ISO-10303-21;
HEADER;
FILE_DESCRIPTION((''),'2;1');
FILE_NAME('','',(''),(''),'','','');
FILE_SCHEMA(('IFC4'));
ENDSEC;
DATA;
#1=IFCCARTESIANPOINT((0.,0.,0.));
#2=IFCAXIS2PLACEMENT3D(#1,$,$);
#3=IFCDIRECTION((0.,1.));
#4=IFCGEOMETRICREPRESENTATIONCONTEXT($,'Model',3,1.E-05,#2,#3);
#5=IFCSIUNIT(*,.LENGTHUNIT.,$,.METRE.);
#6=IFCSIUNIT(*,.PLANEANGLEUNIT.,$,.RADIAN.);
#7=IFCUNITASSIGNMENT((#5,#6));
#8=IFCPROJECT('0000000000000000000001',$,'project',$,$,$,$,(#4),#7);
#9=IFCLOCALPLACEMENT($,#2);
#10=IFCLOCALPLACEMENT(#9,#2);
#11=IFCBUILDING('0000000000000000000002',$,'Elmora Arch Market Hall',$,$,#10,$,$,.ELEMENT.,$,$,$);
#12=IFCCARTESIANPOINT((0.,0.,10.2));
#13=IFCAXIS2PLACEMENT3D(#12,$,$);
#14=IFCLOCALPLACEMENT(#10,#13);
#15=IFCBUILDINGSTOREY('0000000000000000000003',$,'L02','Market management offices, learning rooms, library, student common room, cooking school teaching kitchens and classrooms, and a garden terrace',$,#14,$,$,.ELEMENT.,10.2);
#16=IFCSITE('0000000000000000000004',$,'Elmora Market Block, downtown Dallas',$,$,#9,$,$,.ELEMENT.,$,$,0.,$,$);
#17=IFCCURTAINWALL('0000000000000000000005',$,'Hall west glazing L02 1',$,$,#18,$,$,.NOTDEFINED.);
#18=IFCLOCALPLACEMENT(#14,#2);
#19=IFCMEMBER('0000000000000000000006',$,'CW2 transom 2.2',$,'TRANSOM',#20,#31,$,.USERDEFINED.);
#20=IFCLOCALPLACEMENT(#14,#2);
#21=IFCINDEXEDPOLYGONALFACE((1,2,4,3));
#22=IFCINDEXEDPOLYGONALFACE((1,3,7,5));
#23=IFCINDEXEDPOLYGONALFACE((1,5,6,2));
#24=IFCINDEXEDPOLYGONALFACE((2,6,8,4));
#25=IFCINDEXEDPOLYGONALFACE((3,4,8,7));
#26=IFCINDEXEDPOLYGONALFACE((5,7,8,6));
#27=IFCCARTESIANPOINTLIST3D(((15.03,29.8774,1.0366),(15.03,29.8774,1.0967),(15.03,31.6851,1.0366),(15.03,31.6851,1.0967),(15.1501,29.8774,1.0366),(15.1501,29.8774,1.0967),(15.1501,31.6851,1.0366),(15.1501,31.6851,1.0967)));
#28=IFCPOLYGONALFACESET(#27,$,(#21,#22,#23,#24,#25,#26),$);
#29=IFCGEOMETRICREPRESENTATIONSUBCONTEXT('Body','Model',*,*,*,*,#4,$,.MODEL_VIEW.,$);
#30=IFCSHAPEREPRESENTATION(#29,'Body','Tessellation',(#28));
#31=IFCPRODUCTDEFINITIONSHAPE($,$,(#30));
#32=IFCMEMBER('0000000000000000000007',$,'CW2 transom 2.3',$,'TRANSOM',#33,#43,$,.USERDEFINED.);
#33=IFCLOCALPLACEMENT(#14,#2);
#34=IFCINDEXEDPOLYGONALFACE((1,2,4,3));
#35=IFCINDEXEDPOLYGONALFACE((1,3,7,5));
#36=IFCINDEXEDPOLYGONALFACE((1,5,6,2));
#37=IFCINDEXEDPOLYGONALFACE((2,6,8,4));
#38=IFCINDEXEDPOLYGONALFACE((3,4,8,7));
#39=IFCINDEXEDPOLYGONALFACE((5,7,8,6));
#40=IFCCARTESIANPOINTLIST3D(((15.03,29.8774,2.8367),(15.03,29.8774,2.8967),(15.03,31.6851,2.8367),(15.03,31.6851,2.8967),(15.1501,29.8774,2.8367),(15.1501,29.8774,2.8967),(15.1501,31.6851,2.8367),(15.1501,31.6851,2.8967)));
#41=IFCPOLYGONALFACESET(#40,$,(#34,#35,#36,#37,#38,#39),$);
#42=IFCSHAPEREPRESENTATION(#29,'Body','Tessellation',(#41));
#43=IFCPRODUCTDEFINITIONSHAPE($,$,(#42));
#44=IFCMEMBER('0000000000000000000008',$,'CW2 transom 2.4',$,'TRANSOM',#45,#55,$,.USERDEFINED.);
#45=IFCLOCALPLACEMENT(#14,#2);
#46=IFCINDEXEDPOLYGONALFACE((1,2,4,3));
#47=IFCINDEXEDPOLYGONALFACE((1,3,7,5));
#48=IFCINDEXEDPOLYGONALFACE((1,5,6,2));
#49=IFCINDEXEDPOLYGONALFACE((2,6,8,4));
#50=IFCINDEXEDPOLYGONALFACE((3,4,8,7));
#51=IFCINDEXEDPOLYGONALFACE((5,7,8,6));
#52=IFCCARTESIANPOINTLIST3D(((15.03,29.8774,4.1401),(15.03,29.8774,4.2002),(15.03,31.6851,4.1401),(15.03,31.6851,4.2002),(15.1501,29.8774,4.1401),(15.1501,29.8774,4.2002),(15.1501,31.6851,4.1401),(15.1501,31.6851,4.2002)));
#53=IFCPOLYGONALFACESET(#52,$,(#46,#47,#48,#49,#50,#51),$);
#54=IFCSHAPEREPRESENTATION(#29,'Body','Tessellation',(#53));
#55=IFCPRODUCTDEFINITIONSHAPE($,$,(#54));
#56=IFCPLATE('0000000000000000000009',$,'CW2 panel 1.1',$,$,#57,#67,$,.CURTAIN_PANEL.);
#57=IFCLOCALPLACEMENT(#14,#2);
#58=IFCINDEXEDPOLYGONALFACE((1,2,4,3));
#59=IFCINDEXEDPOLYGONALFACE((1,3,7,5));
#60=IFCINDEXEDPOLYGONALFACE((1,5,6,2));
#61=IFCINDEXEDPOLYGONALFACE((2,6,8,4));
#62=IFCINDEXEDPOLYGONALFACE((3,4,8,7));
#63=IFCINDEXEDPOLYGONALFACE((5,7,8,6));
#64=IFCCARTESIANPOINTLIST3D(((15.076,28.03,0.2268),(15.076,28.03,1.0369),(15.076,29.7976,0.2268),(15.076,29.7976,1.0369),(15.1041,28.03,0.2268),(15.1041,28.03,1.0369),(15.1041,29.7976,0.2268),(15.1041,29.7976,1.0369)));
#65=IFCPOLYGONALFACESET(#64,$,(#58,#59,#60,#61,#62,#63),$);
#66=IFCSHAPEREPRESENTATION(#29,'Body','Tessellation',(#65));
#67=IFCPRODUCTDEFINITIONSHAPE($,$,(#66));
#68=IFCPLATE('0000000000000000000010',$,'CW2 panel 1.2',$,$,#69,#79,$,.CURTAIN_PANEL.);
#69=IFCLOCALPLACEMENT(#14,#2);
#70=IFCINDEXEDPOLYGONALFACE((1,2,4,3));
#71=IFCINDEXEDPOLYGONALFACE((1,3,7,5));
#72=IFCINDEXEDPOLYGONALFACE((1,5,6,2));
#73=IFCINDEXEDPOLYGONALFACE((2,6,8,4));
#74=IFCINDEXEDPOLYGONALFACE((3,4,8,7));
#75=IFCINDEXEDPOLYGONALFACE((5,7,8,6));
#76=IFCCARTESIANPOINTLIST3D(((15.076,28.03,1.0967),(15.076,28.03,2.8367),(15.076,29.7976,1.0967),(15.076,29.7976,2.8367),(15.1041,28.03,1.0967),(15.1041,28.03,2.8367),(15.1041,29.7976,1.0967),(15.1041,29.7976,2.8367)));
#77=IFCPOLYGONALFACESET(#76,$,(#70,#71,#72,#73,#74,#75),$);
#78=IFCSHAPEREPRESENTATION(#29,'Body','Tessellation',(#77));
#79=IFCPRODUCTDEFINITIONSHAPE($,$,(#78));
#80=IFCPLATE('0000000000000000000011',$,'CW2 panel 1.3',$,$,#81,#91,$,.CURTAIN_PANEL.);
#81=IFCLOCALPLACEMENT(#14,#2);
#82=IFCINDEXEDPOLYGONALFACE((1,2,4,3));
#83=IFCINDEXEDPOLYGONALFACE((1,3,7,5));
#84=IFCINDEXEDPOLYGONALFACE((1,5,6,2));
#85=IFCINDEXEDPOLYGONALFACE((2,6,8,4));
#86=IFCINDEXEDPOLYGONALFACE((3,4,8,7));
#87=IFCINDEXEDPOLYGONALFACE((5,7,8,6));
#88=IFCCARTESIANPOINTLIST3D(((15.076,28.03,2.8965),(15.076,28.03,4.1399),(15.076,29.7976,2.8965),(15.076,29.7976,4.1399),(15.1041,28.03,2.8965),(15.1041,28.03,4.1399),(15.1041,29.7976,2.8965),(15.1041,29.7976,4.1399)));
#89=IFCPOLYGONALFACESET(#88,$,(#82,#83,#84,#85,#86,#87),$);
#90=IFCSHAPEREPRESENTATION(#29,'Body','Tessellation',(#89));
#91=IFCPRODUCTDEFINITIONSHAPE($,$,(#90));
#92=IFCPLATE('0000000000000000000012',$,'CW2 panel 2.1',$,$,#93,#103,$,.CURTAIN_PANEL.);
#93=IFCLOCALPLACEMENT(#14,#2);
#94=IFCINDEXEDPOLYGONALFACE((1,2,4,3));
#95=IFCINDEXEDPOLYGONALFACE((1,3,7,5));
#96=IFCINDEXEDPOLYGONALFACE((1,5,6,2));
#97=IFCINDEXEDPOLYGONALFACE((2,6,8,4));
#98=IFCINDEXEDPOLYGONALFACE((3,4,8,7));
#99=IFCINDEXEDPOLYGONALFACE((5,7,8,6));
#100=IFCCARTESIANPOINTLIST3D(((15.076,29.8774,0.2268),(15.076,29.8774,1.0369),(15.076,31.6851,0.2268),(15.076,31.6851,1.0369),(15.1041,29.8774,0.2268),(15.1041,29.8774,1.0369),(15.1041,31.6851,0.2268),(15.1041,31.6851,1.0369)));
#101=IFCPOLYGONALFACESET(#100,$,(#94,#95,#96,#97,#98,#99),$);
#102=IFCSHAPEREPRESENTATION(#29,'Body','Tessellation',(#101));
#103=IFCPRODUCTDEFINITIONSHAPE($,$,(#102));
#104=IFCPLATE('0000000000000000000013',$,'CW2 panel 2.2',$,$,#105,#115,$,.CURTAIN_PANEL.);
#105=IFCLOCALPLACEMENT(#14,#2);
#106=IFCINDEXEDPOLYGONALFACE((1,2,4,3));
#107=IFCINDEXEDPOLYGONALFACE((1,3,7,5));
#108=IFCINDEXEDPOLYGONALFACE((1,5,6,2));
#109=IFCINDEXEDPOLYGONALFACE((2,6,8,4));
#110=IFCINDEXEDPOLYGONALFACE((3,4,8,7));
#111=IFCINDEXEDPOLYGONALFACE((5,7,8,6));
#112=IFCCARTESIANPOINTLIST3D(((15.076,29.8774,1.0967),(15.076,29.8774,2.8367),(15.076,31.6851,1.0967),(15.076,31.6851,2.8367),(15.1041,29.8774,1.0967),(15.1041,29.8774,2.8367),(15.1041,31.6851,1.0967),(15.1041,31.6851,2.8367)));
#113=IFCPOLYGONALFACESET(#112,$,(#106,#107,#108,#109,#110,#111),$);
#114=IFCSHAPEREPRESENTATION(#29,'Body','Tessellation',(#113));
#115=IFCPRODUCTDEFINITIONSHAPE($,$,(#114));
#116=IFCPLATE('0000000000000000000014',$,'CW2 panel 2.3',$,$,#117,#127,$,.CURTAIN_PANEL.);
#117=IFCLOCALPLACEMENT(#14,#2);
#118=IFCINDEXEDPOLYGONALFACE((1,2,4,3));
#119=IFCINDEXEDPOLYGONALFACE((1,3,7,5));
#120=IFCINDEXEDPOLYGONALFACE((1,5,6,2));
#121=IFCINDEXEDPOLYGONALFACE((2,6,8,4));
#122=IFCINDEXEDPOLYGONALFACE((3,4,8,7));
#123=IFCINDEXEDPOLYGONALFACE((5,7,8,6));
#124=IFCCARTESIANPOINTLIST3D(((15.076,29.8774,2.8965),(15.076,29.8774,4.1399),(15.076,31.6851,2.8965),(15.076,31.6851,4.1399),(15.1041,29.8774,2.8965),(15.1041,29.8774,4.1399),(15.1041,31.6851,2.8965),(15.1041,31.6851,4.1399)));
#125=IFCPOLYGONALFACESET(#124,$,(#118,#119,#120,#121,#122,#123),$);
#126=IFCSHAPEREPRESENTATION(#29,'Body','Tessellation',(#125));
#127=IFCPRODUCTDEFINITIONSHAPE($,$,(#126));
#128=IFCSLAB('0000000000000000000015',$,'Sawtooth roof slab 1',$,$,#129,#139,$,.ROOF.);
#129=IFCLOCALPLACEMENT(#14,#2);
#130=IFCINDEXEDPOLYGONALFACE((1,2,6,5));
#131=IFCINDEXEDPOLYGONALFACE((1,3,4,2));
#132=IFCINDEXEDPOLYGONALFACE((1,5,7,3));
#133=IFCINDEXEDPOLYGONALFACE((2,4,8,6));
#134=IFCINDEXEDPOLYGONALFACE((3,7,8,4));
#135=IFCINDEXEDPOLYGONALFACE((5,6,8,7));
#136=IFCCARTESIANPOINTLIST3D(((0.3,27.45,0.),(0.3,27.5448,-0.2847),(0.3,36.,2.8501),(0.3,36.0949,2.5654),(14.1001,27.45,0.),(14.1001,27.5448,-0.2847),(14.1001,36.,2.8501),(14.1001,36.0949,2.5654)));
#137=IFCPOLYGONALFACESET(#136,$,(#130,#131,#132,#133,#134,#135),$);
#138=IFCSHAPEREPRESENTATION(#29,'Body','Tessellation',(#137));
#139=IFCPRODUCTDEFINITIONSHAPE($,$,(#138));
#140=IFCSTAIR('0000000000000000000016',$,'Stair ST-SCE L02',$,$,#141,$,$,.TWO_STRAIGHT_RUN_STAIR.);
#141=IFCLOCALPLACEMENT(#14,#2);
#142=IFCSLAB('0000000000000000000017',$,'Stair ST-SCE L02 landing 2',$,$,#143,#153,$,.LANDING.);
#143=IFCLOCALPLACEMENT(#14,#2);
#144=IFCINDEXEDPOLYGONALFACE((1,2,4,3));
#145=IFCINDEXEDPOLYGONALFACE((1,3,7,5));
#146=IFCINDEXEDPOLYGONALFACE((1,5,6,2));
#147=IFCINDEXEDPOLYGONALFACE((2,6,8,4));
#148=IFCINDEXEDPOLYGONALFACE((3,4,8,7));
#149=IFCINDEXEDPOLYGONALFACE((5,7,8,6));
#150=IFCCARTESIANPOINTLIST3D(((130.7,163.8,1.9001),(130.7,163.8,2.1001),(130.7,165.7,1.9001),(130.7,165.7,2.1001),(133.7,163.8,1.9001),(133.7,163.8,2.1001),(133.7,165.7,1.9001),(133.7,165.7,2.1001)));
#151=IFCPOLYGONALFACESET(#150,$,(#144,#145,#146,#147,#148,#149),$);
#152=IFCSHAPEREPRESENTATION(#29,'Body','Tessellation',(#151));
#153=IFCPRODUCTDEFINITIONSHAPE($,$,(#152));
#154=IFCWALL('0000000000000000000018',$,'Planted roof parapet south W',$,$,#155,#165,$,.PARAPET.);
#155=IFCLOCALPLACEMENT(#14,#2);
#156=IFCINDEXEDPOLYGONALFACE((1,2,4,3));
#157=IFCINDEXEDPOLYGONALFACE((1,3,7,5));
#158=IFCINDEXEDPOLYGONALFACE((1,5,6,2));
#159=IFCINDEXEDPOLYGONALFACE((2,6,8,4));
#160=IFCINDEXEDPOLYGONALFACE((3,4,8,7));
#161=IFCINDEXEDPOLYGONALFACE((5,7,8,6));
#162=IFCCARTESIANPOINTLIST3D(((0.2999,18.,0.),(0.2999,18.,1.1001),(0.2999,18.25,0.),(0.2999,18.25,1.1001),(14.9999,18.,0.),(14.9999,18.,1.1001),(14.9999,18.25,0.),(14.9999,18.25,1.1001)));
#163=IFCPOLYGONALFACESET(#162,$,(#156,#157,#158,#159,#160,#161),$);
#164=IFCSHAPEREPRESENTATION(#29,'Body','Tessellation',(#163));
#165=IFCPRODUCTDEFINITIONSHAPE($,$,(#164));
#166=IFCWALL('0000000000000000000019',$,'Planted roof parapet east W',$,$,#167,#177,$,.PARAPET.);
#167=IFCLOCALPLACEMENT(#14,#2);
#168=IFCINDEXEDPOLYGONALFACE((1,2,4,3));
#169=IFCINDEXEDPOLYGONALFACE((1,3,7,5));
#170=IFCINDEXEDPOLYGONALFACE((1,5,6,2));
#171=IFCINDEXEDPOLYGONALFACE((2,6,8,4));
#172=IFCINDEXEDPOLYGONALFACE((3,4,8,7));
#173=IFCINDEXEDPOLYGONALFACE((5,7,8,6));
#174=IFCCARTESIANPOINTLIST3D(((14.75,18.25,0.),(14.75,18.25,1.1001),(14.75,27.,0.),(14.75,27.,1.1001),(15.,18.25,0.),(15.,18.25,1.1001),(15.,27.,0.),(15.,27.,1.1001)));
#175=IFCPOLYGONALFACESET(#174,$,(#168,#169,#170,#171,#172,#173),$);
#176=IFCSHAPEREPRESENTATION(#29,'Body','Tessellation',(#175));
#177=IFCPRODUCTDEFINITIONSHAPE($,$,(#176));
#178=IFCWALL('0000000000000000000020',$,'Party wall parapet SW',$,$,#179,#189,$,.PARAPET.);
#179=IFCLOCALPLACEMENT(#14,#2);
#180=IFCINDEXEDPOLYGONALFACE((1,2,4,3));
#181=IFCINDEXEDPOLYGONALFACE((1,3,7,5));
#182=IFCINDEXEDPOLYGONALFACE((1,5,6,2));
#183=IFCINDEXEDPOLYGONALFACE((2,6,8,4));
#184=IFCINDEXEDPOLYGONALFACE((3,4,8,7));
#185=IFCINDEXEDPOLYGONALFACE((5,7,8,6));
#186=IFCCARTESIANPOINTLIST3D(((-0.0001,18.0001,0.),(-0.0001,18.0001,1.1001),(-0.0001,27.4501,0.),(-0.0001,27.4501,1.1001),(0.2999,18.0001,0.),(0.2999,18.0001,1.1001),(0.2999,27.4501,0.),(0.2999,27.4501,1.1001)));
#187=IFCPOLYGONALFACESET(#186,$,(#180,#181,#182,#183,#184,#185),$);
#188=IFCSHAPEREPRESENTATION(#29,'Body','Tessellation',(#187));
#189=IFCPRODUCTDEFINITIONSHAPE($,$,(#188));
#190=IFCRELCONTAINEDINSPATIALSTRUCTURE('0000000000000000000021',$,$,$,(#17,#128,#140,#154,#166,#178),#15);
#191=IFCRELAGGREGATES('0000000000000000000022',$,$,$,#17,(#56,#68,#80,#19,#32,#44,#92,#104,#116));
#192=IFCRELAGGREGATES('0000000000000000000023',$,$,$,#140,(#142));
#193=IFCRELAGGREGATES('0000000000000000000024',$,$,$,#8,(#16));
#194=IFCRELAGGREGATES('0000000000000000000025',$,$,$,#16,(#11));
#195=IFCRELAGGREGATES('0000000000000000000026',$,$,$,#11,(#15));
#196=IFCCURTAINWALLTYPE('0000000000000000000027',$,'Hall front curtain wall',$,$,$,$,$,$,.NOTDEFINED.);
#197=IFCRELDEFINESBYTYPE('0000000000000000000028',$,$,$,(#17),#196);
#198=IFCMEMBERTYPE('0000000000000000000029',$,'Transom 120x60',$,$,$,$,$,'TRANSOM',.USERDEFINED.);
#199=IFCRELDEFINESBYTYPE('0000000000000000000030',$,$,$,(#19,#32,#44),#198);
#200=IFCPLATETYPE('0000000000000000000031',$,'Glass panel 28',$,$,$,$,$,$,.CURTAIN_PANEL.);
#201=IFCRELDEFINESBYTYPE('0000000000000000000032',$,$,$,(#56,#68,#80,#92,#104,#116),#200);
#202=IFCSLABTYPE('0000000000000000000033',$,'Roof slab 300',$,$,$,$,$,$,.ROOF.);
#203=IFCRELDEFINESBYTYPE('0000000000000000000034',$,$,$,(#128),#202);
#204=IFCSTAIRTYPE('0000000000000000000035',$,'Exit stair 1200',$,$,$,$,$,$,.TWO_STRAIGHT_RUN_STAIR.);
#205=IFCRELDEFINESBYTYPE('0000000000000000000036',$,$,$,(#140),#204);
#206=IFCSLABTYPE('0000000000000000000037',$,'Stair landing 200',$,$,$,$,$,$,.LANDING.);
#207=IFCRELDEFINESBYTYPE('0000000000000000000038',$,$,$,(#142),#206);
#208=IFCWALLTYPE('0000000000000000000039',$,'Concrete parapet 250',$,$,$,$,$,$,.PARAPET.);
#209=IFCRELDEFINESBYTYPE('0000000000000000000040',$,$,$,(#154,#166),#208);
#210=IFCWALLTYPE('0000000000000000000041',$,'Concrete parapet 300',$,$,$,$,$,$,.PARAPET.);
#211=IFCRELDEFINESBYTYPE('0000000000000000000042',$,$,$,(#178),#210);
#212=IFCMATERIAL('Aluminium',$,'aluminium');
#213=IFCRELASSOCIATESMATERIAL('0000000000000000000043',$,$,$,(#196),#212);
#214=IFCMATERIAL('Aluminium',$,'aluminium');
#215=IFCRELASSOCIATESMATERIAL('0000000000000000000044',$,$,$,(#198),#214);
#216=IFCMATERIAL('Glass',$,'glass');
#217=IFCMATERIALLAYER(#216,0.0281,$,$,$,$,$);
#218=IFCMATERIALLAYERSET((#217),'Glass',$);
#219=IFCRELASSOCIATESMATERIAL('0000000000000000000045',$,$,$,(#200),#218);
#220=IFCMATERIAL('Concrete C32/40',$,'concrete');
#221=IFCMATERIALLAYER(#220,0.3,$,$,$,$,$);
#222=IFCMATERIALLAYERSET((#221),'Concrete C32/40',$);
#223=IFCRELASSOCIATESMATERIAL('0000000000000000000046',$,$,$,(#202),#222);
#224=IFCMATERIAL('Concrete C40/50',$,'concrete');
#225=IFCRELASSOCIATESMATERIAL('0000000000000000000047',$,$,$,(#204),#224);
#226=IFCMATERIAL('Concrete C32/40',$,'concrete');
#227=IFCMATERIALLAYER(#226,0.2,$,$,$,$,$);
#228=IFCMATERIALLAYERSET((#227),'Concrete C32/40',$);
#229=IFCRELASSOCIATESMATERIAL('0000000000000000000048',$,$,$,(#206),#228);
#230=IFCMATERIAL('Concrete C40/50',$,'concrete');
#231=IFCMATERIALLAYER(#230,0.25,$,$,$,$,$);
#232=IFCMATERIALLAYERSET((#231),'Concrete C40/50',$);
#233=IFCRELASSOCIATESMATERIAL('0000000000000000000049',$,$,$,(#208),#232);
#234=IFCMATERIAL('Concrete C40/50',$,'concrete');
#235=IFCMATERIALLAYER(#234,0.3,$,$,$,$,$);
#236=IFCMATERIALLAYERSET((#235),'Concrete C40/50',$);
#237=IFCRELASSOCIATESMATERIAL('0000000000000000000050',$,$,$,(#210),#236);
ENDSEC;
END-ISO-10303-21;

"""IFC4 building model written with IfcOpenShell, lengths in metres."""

from ifc_helpers import new_model, si_unit, direction, frame, frame_2d, origin, origin_2d, place, context, subcontext, project, spatial, polyline, rectangle, outline, extrude, material, layer, layer_set, material_profile, profile_set, type_object, element, aggregate, save


model = new_model("IFC4")

# Units and contexts
model_context = context("Model", 3, precision=1e-05, world=origin(), true_north=direction((0.0, 1.0)))
body_context = subcontext(model_context, "Body", "Model", "MODEL_VIEW")
ifc_project = project(units=[si_unit("LENGTHUNIT", "METRE"), si_unit("PLANEANGLEUNIT", "RADIAN")], contexts=[model_context])

# Site, building, storey
site_placement = place(None, origin())
site = spatial("IfcSite", under=ifc_project, at=site_placement, Name="Elmora Market Block, downtown Dallas", CompositionType="ELEMENT", RefElevation=0.0)
building_placement = place(site_placement, origin())
building = spatial("IfcBuilding", under=site, at=building_placement, Name="Elmora Arch Market Hall", CompositionType="ELEMENT")
storey_placement = place(building_placement, frame((0.0, 0.0, 10.2)))
storey = spatial("IfcBuildingStorey", under=building, at=storey_placement, Name="L02", Description="Market management offices, learning rooms, library, student common room, cooking school teaching kitchens and classrooms, and a garden terrace", CompositionType="ELEMENT", Elevation=10.2)

# Curtain wall
ifc_material_1 = material(Name="Aluminium", Category="aluminium")
curtain_wall_type = type_object("IfcCurtainWallType", Name="Hall front curtain wall", PredefinedType="NOTDEFINED", material=ifc_material_1)
curtain_wall_placement = place(storey_placement, origin())
curtain_wall = element("IfcCurtainWall", 1, at=curtain_wall_placement, inside=storey, type_object=curtain_wall_type, Name="Hall west glazing L02 1", PredefinedType="NOTDEFINED")

# Members
ifc_material_2 = material(Name="Aluminium", Category="aluminium")
ifc_material_profile_1 = material_profile(ifc_material_2, rectangle(XDim=0.1201, YDim=0.0601, at=origin_2d()), Name="AL 120x60")
ifc_profile_set_1 = profile_set([ifc_material_profile_1], Name="Aluminium")
member_type_1 = type_object("IfcMemberType", Name="Transom 120x60", ElementType="TRANSOM", PredefinedType="USERDEFINED", material=ifc_profile_set_1)
member_1_placement = place(storey_placement, frame((15.0901, 29.8774, 1.0667), z_axis=(0.0, 1.0, 0.0), x_axis=(-1.0, 0.0, 0.0)))
member_1 = element("IfcMember", 2, at=member_1_placement, type_object=member_type_1, Name="CW2 transom 2.2", ObjectType="TRANSOM", PredefinedType="USERDEFINED", context=body_context, shape_type="SweptSolid", body=[
    extrude(rectangle(XDim=0.1201, YDim=0.0601, at=origin_2d()), origin(), (0.0, 0.0, 1.0), 1.8076),
])
member_2_placement = place(storey_placement, frame((15.0901, 29.8774, 2.8667), z_axis=(0.0, 1.0, 0.0), x_axis=(-1.0, 0.0, 0.0)))
member_2 = element("IfcMember", 3, at=member_2_placement, type_object=member_type_1, Name="CW2 transom 2.3", ObjectType="TRANSOM", PredefinedType="USERDEFINED", context=body_context, shape_type="SweptSolid", body=[
    extrude(rectangle(XDim=0.1201, YDim=0.0601, at=origin_2d()), origin(), (0.0, 0.0, 1.0), 1.8076),
])
member_3_placement = place(storey_placement, frame((15.0901, 29.8774, 4.1702), z_axis=(0.0, 1.0, 0.0), x_axis=(-1.0, 0.0, 0.0)))
member_3 = element("IfcMember", 4, at=member_3_placement, type_object=member_type_1, Name="CW2 transom 2.4", ObjectType="TRANSOM", PredefinedType="USERDEFINED", context=body_context, shape_type="SweptSolid", body=[
    extrude(rectangle(XDim=0.1201, YDim=0.0601, at=origin_2d()), origin(), (0.0, 0.0, 1.0), 1.8076),
])

# Plates
ifc_material_3 = material(Name="Glass", Category="glass")
ifc_layer_1 = layer(ifc_material_3, 0.0281)
ifc_layer_set_1 = layer_set([ifc_layer_1], Name="Glass")
plate_type = type_object("IfcPlateType", Name="Glass panel 28", PredefinedType="CURTAIN_PANEL", material=ifc_layer_set_1)
plate_1_placement = place(storey_placement, frame((15.0901, 28.9138, 0.2268), z_axis=(0.0, 0.0, 1.0), x_axis=(0.0, 1.0, 0.0)))
plate_1 = element("IfcPlate", 5, at=plate_1_placement, type_object=plate_type, Name="CW2 panel 1.1", PredefinedType="CURTAIN_PANEL", context=body_context, shape_type="SweptSolid", body=[
    extrude(rectangle(XDim=1.7676, YDim=0.0281, at=origin_2d()), origin(), (0.0, 0.0, 1.0), 0.8101),
])
plate_2_placement = place(storey_placement, frame((15.0901, 28.9138, 1.0967), z_axis=(0.0, 0.0, 1.0), x_axis=(0.0, 1.0, 0.0)))
plate_2 = element("IfcPlate", 6, at=plate_2_placement, type_object=plate_type, Name="CW2 panel 1.2", PredefinedType="CURTAIN_PANEL", context=body_context, shape_type="SweptSolid", body=[
    extrude(rectangle(XDim=1.7676, YDim=0.0281, at=origin_2d()), origin(), (0.0, 0.0, 1.0), 1.74),
])
plate_3_placement = place(storey_placement, frame((15.0901, 28.9138, 2.8965), z_axis=(0.0, 0.0, 1.0), x_axis=(0.0, 1.0, 0.0)))
plate_3 = element("IfcPlate", 7, at=plate_3_placement, type_object=plate_type, Name="CW2 panel 1.3", PredefinedType="CURTAIN_PANEL", context=body_context, shape_type="SweptSolid", body=[
    extrude(rectangle(XDim=1.7676, YDim=0.0281, at=origin_2d()), origin(), (0.0, 0.0, 1.0), 1.2434),
])
plate_4_placement = place(storey_placement, frame((15.0901, 30.7812, 0.2268), z_axis=(0.0, 0.0, 1.0), x_axis=(0.0, 1.0, 0.0)))
plate_4 = element("IfcPlate", 8, at=plate_4_placement, type_object=plate_type, Name="CW2 panel 2.1", PredefinedType="CURTAIN_PANEL", context=body_context, shape_type="SweptSolid", body=[
    extrude(rectangle(XDim=1.8076, YDim=0.0281, at=origin_2d()), origin(), (0.0, 0.0, 1.0), 0.8101),
])
plate_5_placement = place(storey_placement, frame((15.0901, 30.7812, 1.0967), z_axis=(0.0, 0.0, 1.0), x_axis=(0.0, 1.0, 0.0)))
plate_5 = element("IfcPlate", 9, at=plate_5_placement, type_object=plate_type, Name="CW2 panel 2.2", PredefinedType="CURTAIN_PANEL", context=body_context, shape_type="SweptSolid", body=[
    extrude(rectangle(XDim=1.8076, YDim=0.0281, at=origin_2d()), origin(), (0.0, 0.0, 1.0), 1.74),
])
plate_6_placement = place(storey_placement, frame((15.0901, 30.7812, 2.8965), z_axis=(0.0, 0.0, 1.0), x_axis=(0.0, 1.0, 0.0)))
plate_6 = element("IfcPlate", 10, at=plate_6_placement, type_object=plate_type, Name="CW2 panel 2.3", PredefinedType="CURTAIN_PANEL", context=body_context, shape_type="SweptSolid", body=[
    extrude(rectangle(XDim=1.8076, YDim=0.0281, at=origin_2d()), origin(), (0.0, 0.0, 1.0), 1.2434),
])
aggregate(curtain_wall, [plate_1, plate_2, plate_3, member_1, member_2, member_3, plate_4, plate_5, plate_6])

# Slab
ifc_material_4 = material(Name="Concrete C32/40", Category="concrete")
ifc_layer_2 = layer(ifc_material_4, 0.3)
ifc_layer_set_2 = layer_set([ifc_layer_2], Name="Concrete C32/40")
slab_type_1 = type_object("IfcSlabType", Name="Roof slab 300", PredefinedType="ROOF", material=ifc_layer_set_2)
slab_1_placement = place(storey_placement, frame((0.3, 27.45, 0.0), z_axis=(0.0, -0.316236, 0.948681), x_axis=(1.0, 0.0, 0.0)))
element("IfcSlab", 11, at=slab_1_placement, inside=storey, type_object=slab_type_1, Name="Sawtooth roof slab 1", PredefinedType="ROOF", context=body_context, shape_type="SweptSolid", body=[
    extrude(outline(polyline([(0.0, 0.0), (13.8, 0.0), (13.8, 9.0126), (0.0, 9.0126), (0.0, 0.0)])), origin(), (0.0, 0.0, -1.0), 0.3),
])

# Stair, slab
ifc_material_5 = material(Name="Concrete C40/50", Category="concrete")
stair_type = type_object("IfcStairType", Name="Exit stair 1200", PredefinedType="TWO_STRAIGHT_RUN_STAIR", material=ifc_material_5)
stair_placement = place(storey_placement, origin())
stair = element("IfcStair", 12, at=stair_placement, inside=storey, type_object=stair_type, Name="Stair ST-SCE L02", PredefinedType="TWO_STRAIGHT_RUN_STAIR")
ifc_material_6 = material(Name="Concrete C32/40", Category="concrete")
ifc_layer_3 = layer(ifc_material_6, 0.2)
ifc_layer_set_3 = layer_set([ifc_layer_3], Name="Concrete C32/40")
slab_type_2 = type_object("IfcSlabType", Name="Stair landing 200", PredefinedType="LANDING", material=ifc_layer_set_3)
slab_2_placement = place(storey_placement, frame((0.0, 0.0, 1.9001)))
slab_2 = element("IfcSlab", 13, at=slab_2_placement, type_object=slab_type_2, Name="Stair ST-SCE L02 landing 2", PredefinedType="LANDING", context=body_context, shape_type="SweptSolid", body=[
    extrude(outline(polyline([(130.7, 163.8), (133.7, 163.8), (133.7, 165.7), (130.7, 165.7), (130.7, 163.8)])), origin(), (0.0, 0.0, 1.0), 0.2),
])
aggregate(stair, [slab_2])

# Walls
ifc_material_7 = material(Name="Concrete C40/50", Category="concrete")
ifc_layer_4 = layer(ifc_material_7, 0.25)
ifc_layer_set_4 = layer_set([ifc_layer_4], Name="Concrete C40/50")
wall_type_1 = type_object("IfcWallType", Name="Concrete parapet 250", PredefinedType="PARAPET", material=ifc_layer_set_4)
wall_1_placement = place(storey_placement, frame((15.0, 18.125, 0.0), z_axis=(0.0, 0.0, 1.0), x_axis=(-1.0, 0.0, 0.0)))
element("IfcWall", 14, at=wall_1_placement, inside=storey, type_object=wall_type_1, Name="Planted roof parapet south W", PredefinedType="PARAPET", context=body_context, shape_type="SweptSolid", body=[
    extrude(rectangle(XDim=14.7, YDim=0.25, at=frame_2d((7.3501, 0.0))), origin(), (0.0, 0.0, 1.0), 1.1001),
])
wall_2_placement = place(storey_placement, frame((14.875, 27.0, 0.0), z_axis=(0.0, 0.0, 1.0), x_axis=(0.0, -1.0, 0.0)))
element("IfcWall", 15, at=wall_2_placement, inside=storey, type_object=wall_type_1, Name="Planted roof parapet east W", PredefinedType="PARAPET", context=body_context, shape_type="SweptSolid", body=[
    extrude(rectangle(XDim=8.75, YDim=0.25, at=frame_2d((4.375, 0.0))), origin(), (0.0, 0.0, 1.0), 1.1001),
])
ifc_material_8 = material(Name="Concrete C40/50", Category="concrete")
ifc_layer_5 = layer(ifc_material_8, 0.3)
ifc_layer_set_5 = layer_set([ifc_layer_5], Name="Concrete C40/50")
wall_type_2 = type_object("IfcWallType", Name="Concrete parapet 300", PredefinedType="PARAPET", material=ifc_layer_set_5)
wall_3_placement = place(storey_placement, frame((0.1499, 18.0, 0.0), z_axis=(0.0, 0.0, 1.0), x_axis=(0.0, 1.0, 0.0)))
element("IfcWall", 16, at=wall_3_placement, inside=storey, type_object=wall_type_2, Name="Party wall parapet SW", PredefinedType="PARAPET", context=body_context, shape_type="SweptSolid", body=[
    extrude(rectangle(XDim=9.45, YDim=0.3, at=frame_2d((4.7251, 0.0))), origin(), (0.0, 0.0, 1.0), 1.1001),
])

save(model, "model.ifc")
